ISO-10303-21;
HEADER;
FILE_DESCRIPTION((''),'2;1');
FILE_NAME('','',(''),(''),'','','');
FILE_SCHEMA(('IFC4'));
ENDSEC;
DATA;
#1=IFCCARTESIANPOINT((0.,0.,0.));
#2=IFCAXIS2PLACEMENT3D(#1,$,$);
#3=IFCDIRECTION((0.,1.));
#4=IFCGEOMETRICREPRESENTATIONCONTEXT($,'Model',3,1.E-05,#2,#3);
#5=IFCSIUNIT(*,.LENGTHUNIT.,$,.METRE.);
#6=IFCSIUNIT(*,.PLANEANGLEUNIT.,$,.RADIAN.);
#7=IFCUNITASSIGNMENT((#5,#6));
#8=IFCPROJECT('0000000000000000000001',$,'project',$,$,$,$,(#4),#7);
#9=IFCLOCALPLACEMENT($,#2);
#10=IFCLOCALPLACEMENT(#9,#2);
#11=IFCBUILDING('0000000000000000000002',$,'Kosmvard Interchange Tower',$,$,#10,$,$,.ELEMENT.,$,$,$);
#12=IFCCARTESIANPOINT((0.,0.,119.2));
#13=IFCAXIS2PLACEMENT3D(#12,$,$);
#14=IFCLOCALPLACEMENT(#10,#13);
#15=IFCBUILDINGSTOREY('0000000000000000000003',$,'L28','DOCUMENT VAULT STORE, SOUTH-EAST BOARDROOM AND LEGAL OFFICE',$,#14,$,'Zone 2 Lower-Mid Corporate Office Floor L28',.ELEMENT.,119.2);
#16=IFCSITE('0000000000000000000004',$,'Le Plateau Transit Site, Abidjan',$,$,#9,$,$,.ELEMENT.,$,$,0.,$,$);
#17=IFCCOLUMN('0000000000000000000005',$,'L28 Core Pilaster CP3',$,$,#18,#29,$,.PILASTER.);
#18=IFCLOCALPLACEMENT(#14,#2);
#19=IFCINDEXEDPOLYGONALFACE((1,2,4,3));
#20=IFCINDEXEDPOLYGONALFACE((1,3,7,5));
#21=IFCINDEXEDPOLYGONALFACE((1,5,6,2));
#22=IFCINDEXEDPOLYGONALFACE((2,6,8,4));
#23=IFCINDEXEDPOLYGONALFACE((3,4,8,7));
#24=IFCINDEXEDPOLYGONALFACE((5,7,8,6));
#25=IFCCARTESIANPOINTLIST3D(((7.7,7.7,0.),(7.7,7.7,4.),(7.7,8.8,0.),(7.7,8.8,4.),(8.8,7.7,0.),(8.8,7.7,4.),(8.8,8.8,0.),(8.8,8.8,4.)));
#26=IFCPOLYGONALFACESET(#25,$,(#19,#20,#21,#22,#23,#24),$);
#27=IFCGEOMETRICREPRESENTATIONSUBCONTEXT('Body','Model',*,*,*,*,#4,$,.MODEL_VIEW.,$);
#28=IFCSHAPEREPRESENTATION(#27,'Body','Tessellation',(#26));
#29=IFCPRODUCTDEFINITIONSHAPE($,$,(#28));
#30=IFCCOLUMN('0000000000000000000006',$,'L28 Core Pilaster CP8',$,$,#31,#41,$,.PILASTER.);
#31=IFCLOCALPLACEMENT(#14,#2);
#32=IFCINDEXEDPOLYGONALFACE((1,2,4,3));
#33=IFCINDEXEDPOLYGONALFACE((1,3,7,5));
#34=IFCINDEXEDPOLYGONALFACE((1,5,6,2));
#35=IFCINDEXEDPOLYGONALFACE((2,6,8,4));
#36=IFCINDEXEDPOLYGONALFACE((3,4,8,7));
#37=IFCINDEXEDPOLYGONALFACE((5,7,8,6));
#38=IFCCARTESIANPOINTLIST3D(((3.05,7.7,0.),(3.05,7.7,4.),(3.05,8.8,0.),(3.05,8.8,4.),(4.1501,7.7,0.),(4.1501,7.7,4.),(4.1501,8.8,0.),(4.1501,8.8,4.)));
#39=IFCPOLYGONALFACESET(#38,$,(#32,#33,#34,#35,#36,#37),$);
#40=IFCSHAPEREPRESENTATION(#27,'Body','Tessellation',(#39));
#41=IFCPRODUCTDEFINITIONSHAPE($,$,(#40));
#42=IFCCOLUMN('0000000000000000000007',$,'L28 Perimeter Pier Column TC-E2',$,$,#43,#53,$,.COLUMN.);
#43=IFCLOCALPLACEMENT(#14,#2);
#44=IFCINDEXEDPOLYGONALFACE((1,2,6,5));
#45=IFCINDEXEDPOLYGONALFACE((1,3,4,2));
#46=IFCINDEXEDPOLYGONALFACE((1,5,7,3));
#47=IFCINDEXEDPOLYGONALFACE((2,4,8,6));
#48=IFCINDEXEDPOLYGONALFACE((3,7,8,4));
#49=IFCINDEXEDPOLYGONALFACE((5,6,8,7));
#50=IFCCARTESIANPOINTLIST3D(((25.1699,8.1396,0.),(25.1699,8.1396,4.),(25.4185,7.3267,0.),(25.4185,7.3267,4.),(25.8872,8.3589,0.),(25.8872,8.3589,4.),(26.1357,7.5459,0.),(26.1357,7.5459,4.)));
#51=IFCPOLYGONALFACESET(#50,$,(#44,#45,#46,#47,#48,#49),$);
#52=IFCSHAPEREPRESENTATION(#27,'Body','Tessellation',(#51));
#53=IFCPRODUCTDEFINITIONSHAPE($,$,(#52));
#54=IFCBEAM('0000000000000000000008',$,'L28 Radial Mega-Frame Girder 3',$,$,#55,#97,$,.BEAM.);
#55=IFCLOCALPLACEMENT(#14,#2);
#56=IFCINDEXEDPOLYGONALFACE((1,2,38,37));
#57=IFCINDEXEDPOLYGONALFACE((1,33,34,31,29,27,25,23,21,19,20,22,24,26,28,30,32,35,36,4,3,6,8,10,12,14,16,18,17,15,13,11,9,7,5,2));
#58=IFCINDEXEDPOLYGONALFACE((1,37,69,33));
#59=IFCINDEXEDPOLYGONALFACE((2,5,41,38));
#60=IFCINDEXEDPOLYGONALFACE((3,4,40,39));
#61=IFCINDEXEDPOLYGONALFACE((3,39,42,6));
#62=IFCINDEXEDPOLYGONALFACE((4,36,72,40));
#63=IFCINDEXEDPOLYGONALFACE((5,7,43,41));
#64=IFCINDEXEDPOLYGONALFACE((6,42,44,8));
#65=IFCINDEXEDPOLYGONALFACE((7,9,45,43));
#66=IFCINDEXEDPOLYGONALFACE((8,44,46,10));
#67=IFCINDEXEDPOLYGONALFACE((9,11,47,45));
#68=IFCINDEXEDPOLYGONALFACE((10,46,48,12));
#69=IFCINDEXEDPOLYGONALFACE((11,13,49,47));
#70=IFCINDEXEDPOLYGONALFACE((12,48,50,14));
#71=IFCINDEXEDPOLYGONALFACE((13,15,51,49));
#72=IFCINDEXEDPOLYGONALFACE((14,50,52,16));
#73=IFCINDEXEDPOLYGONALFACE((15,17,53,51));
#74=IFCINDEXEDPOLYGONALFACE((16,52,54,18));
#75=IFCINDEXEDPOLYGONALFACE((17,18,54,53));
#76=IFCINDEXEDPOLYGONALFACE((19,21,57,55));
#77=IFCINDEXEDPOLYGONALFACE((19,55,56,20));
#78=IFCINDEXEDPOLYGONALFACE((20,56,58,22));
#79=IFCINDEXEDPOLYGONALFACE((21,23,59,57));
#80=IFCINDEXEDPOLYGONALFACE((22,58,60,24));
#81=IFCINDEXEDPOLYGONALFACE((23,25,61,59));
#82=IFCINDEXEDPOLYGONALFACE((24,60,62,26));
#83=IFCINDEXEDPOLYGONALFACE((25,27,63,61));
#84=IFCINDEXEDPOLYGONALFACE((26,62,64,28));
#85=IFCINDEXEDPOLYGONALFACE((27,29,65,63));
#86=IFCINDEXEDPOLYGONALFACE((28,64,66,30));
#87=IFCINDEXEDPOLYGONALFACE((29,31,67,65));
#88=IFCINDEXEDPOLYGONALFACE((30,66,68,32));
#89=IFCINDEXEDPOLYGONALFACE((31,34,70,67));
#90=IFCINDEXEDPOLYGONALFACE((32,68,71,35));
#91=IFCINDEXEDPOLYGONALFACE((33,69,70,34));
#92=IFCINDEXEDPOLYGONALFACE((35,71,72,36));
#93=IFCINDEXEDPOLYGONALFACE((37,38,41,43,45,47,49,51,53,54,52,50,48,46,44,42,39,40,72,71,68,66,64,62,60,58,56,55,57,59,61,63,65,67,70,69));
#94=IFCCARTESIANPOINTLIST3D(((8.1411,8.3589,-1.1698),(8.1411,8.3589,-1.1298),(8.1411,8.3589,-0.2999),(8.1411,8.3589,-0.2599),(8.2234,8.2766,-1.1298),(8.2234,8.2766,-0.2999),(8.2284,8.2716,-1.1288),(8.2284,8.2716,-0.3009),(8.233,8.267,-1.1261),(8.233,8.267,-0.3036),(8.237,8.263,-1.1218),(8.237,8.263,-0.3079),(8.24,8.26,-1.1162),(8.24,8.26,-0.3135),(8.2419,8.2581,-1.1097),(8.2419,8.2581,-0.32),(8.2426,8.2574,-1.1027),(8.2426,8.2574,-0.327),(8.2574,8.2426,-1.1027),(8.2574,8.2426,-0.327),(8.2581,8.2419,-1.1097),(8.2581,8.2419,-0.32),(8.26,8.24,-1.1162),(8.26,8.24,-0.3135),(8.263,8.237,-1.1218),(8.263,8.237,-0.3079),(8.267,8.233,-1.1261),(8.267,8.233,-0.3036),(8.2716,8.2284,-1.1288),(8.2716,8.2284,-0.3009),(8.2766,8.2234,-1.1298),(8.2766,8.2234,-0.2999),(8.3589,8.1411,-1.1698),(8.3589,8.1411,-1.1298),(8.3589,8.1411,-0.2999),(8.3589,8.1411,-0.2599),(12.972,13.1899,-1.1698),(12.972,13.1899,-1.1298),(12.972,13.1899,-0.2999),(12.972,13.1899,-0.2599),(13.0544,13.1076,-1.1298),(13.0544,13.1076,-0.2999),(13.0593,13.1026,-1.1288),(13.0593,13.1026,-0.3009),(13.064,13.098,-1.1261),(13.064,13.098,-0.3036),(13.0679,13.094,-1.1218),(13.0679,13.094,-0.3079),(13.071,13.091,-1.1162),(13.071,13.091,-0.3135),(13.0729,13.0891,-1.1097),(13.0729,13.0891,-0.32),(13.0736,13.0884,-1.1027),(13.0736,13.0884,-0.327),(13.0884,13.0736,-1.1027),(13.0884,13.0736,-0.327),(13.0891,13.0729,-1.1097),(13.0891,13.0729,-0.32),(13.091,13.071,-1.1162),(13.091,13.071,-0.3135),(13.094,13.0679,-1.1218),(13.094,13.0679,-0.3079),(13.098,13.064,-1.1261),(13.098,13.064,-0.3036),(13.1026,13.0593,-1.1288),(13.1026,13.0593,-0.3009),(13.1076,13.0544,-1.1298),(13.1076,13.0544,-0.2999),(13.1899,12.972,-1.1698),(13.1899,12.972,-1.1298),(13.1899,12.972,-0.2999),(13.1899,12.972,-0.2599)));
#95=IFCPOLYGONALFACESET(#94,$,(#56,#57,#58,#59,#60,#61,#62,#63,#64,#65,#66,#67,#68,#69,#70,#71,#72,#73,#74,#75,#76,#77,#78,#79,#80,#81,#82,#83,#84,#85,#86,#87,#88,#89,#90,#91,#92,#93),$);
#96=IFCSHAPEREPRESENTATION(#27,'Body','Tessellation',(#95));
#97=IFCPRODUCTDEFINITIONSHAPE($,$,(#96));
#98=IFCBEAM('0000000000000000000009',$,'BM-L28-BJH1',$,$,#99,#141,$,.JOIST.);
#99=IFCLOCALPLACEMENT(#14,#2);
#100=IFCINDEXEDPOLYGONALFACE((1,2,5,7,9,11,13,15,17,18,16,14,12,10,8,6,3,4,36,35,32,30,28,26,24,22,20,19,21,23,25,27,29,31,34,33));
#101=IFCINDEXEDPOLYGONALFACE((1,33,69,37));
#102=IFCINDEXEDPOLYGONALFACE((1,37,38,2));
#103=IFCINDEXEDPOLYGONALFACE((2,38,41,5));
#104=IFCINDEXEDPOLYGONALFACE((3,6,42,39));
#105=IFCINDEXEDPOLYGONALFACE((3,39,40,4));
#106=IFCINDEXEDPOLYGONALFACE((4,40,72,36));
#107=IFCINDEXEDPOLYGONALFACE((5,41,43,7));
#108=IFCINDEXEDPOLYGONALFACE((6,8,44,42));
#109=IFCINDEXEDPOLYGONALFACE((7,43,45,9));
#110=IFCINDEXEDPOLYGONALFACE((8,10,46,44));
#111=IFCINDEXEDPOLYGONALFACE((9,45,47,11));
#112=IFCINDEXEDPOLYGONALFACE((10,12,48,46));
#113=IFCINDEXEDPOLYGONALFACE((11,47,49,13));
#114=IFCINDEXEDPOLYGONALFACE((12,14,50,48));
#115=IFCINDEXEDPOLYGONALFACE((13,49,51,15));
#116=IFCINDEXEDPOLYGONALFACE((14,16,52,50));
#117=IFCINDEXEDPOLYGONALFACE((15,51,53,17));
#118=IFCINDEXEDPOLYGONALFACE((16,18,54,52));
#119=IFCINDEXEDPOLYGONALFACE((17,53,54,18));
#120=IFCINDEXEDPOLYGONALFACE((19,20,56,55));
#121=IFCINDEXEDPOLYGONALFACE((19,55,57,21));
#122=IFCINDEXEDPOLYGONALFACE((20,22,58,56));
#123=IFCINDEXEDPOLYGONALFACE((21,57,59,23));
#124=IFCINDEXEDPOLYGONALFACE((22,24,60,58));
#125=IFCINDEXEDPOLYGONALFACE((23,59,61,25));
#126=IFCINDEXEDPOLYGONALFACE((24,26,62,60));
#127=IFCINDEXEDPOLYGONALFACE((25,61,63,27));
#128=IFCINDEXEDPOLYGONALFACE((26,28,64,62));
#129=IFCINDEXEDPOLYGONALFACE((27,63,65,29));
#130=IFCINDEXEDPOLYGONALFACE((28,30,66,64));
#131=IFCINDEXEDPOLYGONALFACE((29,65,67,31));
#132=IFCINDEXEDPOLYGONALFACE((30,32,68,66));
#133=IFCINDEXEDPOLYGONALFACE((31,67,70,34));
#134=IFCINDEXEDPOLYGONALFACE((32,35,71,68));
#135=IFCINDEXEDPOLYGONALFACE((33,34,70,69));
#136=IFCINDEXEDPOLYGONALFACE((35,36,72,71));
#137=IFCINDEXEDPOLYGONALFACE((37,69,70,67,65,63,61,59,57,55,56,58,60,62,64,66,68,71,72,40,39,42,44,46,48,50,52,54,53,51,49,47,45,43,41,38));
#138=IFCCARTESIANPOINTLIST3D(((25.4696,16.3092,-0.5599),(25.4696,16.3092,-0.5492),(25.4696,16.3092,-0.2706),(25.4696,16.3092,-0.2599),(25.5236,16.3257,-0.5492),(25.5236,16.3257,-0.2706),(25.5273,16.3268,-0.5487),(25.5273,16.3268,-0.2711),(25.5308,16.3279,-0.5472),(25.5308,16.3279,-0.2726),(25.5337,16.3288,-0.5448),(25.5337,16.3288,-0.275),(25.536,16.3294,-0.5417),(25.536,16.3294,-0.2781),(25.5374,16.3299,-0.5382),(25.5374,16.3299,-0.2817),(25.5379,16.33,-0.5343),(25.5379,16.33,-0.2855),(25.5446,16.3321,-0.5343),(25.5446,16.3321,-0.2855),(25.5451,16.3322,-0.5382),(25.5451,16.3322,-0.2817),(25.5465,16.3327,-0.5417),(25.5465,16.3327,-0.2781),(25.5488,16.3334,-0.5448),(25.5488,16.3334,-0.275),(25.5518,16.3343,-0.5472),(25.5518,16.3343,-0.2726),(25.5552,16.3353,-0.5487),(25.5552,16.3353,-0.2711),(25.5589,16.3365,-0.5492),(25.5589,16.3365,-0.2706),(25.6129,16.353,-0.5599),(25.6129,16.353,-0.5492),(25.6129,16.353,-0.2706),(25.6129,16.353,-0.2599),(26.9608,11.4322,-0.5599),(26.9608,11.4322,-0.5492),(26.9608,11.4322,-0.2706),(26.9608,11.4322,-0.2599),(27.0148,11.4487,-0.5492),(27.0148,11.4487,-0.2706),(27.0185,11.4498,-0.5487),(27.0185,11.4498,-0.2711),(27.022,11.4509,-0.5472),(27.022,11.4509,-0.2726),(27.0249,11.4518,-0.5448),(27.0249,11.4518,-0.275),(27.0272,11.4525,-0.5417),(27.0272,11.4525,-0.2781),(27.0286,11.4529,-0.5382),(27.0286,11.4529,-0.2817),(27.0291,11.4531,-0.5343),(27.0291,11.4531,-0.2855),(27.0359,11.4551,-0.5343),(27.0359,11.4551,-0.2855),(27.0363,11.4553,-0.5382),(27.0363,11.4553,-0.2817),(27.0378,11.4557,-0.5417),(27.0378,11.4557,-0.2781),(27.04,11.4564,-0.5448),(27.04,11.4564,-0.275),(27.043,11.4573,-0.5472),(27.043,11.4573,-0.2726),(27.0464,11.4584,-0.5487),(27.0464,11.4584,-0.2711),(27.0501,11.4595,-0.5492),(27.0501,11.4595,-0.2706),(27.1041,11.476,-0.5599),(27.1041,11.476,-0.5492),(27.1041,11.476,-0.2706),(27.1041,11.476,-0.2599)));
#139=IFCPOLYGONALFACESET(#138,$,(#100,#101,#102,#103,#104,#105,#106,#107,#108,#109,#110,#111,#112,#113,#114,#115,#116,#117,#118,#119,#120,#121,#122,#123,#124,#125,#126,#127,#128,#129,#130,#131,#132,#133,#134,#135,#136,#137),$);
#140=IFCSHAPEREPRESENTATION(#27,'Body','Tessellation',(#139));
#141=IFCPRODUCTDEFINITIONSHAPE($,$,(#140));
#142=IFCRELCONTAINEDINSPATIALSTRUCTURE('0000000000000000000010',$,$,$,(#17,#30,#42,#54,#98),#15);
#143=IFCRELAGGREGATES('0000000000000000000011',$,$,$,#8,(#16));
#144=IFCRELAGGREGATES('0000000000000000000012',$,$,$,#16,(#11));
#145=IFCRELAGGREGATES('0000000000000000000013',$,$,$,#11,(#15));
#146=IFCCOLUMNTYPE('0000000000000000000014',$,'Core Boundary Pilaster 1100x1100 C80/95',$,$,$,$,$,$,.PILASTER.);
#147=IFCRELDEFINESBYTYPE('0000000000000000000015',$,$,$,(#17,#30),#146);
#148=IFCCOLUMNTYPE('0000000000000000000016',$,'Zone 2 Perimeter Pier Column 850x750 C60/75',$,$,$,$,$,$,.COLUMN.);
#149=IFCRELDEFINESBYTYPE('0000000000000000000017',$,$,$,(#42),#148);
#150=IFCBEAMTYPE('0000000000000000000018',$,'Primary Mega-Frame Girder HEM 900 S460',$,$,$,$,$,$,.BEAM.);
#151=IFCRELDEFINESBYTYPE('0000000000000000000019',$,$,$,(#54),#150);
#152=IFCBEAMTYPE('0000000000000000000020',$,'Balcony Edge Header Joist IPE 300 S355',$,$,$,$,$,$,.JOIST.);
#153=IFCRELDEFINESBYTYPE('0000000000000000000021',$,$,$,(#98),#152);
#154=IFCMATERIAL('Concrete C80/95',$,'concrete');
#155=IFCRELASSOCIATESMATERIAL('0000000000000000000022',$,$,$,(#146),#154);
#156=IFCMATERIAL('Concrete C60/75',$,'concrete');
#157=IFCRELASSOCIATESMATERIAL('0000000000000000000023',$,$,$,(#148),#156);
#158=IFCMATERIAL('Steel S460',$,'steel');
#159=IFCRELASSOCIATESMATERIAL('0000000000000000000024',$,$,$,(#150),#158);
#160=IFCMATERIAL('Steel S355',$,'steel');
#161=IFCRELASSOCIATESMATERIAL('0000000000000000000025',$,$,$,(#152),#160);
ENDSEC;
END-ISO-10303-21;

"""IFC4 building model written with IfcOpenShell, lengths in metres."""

from ifc_helpers import new_model, si_unit, direction, frame, origin, origin_2d, place, context, subcontext, project, spatial, rectangle, i_section, extrude, source, transform, mapped, material, material_profile, profile_set, type_object, element, save


model = new_model("IFC4")

# Units and contexts
model_context = context("Model", 3, precision=1e-05, world=origin(), true_north=direction((0.0, 1.0)))
body_context = subcontext(model_context, "Body", "Model", "MODEL_VIEW")
ifc_project = project(units=[si_unit("LENGTHUNIT", "METRE"), si_unit("PLANEANGLEUNIT", "RADIAN")], contexts=[model_context])

# Site, building, storey
site_placement = place(None, origin())
site = spatial("IfcSite", under=ifc_project, at=site_placement, Name="Le Plateau Transit Site, Abidjan", CompositionType="ELEMENT", RefElevation=0.0)
building_placement = place(site_placement, origin())
building = spatial("IfcBuilding", under=site, at=building_placement, Name="Kosmvard Interchange Tower", CompositionType="ELEMENT")
storey_placement = place(building_placement, frame((0.0, 0.0, 119.2)))
storey = spatial("IfcBuildingStorey", under=building, at=storey_placement, Name="L28", Description="DOCUMENT VAULT STORE, SOUTH-EAST BOARDROOM AND LEGAL OFFICE", LongName="Zone 2 Lower-Mid Corporate Office Floor L28", CompositionType="ELEMENT", Elevation=119.2)

# Columns
ifc_material_1 = material(Name="Concrete C80/95", Category="concrete")
ifc_material_profile_1 = material_profile(ifc_material_1, rectangle(XDim=1.1001, YDim=1.1001, at=origin_2d()), Name="CP 1100x1100")
ifc_profile_set_1 = profile_set([ifc_material_profile_1], Name="Concrete C80/95")
column_type_1 = type_object("IfcColumnType", Name="Core Boundary Pilaster 1100x1100 C80/95", PredefinedType="PILASTER", material=ifc_profile_set_1)
shared_shape_1 = source(origin(), body_context, "Body", "SweptSolid", [
    extrude(rectangle(XDim=1.1001, YDim=1.1001, at=origin_2d()), origin(), (0.0, 0.0, 1.0), 4.0),
])
for number, where, z_axis, x_axis, name in (
    (1, (8.25, 8.25, 0.0), (0.0, 0.0, 1.0), (1.0, 0.0, 0.0), "L28 Core Pilaster CP3"),
    (2, (3.6001, 8.25, 0.0), (0.0, 0.0, 1.0), (1.0, 0.0, 0.0), "L28 Core Pilaster CP8"),
):
    element("IfcColumn", number, at=place(storey_placement, frame(where, z_axis=z_axis, x_axis=x_axis)), inside=storey, type_object=column_type_1, Name=name, PredefinedType="PILASTER", context=body_context, shape_type="MappedRepresentation", body=[
        mapped(shared_shape_1, transform((0.0, 0.0, 0.0), scale=1.0)),
    ])
ifc_material_2 = material(Name="Concrete C60/75", Category="concrete")
ifc_material_profile_2 = material_profile(ifc_material_2, rectangle(XDim=0.75, YDim=0.8501, at=origin_2d()), Name="TC 850x750")
ifc_profile_set_2 = profile_set([ifc_material_profile_2], Name="Concrete C60/75")
column_type_2 = type_object("IfcColumnType", Name="Zone 2 Perimeter Pier Column 850x750 C60/75", PredefinedType="COLUMN", material=ifc_profile_set_2)
shared_shape_2 = source(origin(), body_context, "Body", "SweptSolid", [
    extrude(rectangle(XDim=0.75, YDim=0.8501, at=origin_2d()), origin(), (0.0, 0.0, 1.0), 4.0),
])
column_placement = place(storey_placement, frame((25.6528, 7.8428, 0.0), z_axis=(0.0, 0.0, 1.0), x_axis=(0.956305, 0.292372, 0.0)))
element("IfcColumn", 3, at=column_placement, inside=storey, type_object=column_type_2, Name="L28 Perimeter Pier Column TC-E2", PredefinedType="COLUMN", context=body_context, shape_type="MappedRepresentation", body=[
    mapped(shared_shape_2, transform((0.0, 0.0, 0.0), scale=1.0)),
])

# Beams
ifc_material_3 = material(Name="Steel S460", Category="steel")
ifc_material_profile_3 = material_profile(ifc_material_3, i_section(OverallWidth=0.3081, OverallDepth=0.9099, WebThickness=0.021, FlangeThickness=0.04, FilletRadius=0.0271, at=origin_2d()), Name="HEM 900")
ifc_profile_set_3 = profile_set([ifc_material_profile_3], Name="Steel S460")
beam_type_1 = type_object("IfcBeamType", Name="Primary Mega-Frame Girder HEM 900 S460", PredefinedType="BEAM", material=ifc_profile_set_3)
shared_shape_3 = source(origin(), body_context, "Body", "SweptSolid", [
    extrude(i_section(OverallWidth=0.3081, OverallDepth=0.9099, WebThickness=0.021, FlangeThickness=0.04, FilletRadius=0.0271, at=origin_2d()), origin(), (0.0, 0.0, 1.0), 6.832),
])
beam_1_placement = place(storey_placement, frame((8.25, 8.25, -0.7148), z_axis=(0.707107, 0.707107, 0.0), x_axis=(-0.707107, 0.707107, 0.0)))
element("IfcBeam", 4, at=beam_1_placement, inside=storey, type_object=beam_type_1, Name="L28 Radial Mega-Frame Girder 3", PredefinedType="BEAM", context=body_context, shape_type="MappedRepresentation", body=[
    mapped(shared_shape_3, transform((0.0, 0.0, 0.0), scale=1.0)),
])
ifc_material_4 = material(Name="Steel S355", Category="steel")
ifc_material_profile_4 = material_profile(ifc_material_4, i_section(OverallWidth=0.1499, OverallDepth=0.3, WebThickness=0.0071, FlangeThickness=0.0107, FilletRadius=0.0149, at=origin_2d()), Name="IPE 300")
ifc_profile_set_4 = profile_set([ifc_material_profile_4], Name="Steel S355")
beam_type_2 = type_object("IfcBeamType", Name="Balcony Edge Header Joist IPE 300 S355", PredefinedType="JOIST", material=ifc_profile_set_4)
shared_shape_4 = source(origin(), body_context, "Body", "SweptSolid", [
    extrude(i_section(OverallWidth=0.1499, OverallDepth=0.3, WebThickness=0.0071, FlangeThickness=0.0107, FilletRadius=0.0149, at=origin_2d()), origin(), (0.0, 0.0, 1.0), 5.0999),
])
beam_2_placement = place(storey_placement, frame((27.0325, 11.4541, -0.4099), z_axis=(-0.292403, 0.956295, 0.0), x_axis=(-0.956295, -0.292403, 0.0)))
element("IfcBeam", 5, at=beam_2_placement, inside=storey, type_object=beam_type_2, Name="BM-L28-BJH1", PredefinedType="JOIST", context=body_context, shape_type="MappedRepresentation", body=[
    mapped(shared_shape_4, transform((0.0, 0.0, 0.0), scale=1.0)),
])

save(model, "model.ifc")
